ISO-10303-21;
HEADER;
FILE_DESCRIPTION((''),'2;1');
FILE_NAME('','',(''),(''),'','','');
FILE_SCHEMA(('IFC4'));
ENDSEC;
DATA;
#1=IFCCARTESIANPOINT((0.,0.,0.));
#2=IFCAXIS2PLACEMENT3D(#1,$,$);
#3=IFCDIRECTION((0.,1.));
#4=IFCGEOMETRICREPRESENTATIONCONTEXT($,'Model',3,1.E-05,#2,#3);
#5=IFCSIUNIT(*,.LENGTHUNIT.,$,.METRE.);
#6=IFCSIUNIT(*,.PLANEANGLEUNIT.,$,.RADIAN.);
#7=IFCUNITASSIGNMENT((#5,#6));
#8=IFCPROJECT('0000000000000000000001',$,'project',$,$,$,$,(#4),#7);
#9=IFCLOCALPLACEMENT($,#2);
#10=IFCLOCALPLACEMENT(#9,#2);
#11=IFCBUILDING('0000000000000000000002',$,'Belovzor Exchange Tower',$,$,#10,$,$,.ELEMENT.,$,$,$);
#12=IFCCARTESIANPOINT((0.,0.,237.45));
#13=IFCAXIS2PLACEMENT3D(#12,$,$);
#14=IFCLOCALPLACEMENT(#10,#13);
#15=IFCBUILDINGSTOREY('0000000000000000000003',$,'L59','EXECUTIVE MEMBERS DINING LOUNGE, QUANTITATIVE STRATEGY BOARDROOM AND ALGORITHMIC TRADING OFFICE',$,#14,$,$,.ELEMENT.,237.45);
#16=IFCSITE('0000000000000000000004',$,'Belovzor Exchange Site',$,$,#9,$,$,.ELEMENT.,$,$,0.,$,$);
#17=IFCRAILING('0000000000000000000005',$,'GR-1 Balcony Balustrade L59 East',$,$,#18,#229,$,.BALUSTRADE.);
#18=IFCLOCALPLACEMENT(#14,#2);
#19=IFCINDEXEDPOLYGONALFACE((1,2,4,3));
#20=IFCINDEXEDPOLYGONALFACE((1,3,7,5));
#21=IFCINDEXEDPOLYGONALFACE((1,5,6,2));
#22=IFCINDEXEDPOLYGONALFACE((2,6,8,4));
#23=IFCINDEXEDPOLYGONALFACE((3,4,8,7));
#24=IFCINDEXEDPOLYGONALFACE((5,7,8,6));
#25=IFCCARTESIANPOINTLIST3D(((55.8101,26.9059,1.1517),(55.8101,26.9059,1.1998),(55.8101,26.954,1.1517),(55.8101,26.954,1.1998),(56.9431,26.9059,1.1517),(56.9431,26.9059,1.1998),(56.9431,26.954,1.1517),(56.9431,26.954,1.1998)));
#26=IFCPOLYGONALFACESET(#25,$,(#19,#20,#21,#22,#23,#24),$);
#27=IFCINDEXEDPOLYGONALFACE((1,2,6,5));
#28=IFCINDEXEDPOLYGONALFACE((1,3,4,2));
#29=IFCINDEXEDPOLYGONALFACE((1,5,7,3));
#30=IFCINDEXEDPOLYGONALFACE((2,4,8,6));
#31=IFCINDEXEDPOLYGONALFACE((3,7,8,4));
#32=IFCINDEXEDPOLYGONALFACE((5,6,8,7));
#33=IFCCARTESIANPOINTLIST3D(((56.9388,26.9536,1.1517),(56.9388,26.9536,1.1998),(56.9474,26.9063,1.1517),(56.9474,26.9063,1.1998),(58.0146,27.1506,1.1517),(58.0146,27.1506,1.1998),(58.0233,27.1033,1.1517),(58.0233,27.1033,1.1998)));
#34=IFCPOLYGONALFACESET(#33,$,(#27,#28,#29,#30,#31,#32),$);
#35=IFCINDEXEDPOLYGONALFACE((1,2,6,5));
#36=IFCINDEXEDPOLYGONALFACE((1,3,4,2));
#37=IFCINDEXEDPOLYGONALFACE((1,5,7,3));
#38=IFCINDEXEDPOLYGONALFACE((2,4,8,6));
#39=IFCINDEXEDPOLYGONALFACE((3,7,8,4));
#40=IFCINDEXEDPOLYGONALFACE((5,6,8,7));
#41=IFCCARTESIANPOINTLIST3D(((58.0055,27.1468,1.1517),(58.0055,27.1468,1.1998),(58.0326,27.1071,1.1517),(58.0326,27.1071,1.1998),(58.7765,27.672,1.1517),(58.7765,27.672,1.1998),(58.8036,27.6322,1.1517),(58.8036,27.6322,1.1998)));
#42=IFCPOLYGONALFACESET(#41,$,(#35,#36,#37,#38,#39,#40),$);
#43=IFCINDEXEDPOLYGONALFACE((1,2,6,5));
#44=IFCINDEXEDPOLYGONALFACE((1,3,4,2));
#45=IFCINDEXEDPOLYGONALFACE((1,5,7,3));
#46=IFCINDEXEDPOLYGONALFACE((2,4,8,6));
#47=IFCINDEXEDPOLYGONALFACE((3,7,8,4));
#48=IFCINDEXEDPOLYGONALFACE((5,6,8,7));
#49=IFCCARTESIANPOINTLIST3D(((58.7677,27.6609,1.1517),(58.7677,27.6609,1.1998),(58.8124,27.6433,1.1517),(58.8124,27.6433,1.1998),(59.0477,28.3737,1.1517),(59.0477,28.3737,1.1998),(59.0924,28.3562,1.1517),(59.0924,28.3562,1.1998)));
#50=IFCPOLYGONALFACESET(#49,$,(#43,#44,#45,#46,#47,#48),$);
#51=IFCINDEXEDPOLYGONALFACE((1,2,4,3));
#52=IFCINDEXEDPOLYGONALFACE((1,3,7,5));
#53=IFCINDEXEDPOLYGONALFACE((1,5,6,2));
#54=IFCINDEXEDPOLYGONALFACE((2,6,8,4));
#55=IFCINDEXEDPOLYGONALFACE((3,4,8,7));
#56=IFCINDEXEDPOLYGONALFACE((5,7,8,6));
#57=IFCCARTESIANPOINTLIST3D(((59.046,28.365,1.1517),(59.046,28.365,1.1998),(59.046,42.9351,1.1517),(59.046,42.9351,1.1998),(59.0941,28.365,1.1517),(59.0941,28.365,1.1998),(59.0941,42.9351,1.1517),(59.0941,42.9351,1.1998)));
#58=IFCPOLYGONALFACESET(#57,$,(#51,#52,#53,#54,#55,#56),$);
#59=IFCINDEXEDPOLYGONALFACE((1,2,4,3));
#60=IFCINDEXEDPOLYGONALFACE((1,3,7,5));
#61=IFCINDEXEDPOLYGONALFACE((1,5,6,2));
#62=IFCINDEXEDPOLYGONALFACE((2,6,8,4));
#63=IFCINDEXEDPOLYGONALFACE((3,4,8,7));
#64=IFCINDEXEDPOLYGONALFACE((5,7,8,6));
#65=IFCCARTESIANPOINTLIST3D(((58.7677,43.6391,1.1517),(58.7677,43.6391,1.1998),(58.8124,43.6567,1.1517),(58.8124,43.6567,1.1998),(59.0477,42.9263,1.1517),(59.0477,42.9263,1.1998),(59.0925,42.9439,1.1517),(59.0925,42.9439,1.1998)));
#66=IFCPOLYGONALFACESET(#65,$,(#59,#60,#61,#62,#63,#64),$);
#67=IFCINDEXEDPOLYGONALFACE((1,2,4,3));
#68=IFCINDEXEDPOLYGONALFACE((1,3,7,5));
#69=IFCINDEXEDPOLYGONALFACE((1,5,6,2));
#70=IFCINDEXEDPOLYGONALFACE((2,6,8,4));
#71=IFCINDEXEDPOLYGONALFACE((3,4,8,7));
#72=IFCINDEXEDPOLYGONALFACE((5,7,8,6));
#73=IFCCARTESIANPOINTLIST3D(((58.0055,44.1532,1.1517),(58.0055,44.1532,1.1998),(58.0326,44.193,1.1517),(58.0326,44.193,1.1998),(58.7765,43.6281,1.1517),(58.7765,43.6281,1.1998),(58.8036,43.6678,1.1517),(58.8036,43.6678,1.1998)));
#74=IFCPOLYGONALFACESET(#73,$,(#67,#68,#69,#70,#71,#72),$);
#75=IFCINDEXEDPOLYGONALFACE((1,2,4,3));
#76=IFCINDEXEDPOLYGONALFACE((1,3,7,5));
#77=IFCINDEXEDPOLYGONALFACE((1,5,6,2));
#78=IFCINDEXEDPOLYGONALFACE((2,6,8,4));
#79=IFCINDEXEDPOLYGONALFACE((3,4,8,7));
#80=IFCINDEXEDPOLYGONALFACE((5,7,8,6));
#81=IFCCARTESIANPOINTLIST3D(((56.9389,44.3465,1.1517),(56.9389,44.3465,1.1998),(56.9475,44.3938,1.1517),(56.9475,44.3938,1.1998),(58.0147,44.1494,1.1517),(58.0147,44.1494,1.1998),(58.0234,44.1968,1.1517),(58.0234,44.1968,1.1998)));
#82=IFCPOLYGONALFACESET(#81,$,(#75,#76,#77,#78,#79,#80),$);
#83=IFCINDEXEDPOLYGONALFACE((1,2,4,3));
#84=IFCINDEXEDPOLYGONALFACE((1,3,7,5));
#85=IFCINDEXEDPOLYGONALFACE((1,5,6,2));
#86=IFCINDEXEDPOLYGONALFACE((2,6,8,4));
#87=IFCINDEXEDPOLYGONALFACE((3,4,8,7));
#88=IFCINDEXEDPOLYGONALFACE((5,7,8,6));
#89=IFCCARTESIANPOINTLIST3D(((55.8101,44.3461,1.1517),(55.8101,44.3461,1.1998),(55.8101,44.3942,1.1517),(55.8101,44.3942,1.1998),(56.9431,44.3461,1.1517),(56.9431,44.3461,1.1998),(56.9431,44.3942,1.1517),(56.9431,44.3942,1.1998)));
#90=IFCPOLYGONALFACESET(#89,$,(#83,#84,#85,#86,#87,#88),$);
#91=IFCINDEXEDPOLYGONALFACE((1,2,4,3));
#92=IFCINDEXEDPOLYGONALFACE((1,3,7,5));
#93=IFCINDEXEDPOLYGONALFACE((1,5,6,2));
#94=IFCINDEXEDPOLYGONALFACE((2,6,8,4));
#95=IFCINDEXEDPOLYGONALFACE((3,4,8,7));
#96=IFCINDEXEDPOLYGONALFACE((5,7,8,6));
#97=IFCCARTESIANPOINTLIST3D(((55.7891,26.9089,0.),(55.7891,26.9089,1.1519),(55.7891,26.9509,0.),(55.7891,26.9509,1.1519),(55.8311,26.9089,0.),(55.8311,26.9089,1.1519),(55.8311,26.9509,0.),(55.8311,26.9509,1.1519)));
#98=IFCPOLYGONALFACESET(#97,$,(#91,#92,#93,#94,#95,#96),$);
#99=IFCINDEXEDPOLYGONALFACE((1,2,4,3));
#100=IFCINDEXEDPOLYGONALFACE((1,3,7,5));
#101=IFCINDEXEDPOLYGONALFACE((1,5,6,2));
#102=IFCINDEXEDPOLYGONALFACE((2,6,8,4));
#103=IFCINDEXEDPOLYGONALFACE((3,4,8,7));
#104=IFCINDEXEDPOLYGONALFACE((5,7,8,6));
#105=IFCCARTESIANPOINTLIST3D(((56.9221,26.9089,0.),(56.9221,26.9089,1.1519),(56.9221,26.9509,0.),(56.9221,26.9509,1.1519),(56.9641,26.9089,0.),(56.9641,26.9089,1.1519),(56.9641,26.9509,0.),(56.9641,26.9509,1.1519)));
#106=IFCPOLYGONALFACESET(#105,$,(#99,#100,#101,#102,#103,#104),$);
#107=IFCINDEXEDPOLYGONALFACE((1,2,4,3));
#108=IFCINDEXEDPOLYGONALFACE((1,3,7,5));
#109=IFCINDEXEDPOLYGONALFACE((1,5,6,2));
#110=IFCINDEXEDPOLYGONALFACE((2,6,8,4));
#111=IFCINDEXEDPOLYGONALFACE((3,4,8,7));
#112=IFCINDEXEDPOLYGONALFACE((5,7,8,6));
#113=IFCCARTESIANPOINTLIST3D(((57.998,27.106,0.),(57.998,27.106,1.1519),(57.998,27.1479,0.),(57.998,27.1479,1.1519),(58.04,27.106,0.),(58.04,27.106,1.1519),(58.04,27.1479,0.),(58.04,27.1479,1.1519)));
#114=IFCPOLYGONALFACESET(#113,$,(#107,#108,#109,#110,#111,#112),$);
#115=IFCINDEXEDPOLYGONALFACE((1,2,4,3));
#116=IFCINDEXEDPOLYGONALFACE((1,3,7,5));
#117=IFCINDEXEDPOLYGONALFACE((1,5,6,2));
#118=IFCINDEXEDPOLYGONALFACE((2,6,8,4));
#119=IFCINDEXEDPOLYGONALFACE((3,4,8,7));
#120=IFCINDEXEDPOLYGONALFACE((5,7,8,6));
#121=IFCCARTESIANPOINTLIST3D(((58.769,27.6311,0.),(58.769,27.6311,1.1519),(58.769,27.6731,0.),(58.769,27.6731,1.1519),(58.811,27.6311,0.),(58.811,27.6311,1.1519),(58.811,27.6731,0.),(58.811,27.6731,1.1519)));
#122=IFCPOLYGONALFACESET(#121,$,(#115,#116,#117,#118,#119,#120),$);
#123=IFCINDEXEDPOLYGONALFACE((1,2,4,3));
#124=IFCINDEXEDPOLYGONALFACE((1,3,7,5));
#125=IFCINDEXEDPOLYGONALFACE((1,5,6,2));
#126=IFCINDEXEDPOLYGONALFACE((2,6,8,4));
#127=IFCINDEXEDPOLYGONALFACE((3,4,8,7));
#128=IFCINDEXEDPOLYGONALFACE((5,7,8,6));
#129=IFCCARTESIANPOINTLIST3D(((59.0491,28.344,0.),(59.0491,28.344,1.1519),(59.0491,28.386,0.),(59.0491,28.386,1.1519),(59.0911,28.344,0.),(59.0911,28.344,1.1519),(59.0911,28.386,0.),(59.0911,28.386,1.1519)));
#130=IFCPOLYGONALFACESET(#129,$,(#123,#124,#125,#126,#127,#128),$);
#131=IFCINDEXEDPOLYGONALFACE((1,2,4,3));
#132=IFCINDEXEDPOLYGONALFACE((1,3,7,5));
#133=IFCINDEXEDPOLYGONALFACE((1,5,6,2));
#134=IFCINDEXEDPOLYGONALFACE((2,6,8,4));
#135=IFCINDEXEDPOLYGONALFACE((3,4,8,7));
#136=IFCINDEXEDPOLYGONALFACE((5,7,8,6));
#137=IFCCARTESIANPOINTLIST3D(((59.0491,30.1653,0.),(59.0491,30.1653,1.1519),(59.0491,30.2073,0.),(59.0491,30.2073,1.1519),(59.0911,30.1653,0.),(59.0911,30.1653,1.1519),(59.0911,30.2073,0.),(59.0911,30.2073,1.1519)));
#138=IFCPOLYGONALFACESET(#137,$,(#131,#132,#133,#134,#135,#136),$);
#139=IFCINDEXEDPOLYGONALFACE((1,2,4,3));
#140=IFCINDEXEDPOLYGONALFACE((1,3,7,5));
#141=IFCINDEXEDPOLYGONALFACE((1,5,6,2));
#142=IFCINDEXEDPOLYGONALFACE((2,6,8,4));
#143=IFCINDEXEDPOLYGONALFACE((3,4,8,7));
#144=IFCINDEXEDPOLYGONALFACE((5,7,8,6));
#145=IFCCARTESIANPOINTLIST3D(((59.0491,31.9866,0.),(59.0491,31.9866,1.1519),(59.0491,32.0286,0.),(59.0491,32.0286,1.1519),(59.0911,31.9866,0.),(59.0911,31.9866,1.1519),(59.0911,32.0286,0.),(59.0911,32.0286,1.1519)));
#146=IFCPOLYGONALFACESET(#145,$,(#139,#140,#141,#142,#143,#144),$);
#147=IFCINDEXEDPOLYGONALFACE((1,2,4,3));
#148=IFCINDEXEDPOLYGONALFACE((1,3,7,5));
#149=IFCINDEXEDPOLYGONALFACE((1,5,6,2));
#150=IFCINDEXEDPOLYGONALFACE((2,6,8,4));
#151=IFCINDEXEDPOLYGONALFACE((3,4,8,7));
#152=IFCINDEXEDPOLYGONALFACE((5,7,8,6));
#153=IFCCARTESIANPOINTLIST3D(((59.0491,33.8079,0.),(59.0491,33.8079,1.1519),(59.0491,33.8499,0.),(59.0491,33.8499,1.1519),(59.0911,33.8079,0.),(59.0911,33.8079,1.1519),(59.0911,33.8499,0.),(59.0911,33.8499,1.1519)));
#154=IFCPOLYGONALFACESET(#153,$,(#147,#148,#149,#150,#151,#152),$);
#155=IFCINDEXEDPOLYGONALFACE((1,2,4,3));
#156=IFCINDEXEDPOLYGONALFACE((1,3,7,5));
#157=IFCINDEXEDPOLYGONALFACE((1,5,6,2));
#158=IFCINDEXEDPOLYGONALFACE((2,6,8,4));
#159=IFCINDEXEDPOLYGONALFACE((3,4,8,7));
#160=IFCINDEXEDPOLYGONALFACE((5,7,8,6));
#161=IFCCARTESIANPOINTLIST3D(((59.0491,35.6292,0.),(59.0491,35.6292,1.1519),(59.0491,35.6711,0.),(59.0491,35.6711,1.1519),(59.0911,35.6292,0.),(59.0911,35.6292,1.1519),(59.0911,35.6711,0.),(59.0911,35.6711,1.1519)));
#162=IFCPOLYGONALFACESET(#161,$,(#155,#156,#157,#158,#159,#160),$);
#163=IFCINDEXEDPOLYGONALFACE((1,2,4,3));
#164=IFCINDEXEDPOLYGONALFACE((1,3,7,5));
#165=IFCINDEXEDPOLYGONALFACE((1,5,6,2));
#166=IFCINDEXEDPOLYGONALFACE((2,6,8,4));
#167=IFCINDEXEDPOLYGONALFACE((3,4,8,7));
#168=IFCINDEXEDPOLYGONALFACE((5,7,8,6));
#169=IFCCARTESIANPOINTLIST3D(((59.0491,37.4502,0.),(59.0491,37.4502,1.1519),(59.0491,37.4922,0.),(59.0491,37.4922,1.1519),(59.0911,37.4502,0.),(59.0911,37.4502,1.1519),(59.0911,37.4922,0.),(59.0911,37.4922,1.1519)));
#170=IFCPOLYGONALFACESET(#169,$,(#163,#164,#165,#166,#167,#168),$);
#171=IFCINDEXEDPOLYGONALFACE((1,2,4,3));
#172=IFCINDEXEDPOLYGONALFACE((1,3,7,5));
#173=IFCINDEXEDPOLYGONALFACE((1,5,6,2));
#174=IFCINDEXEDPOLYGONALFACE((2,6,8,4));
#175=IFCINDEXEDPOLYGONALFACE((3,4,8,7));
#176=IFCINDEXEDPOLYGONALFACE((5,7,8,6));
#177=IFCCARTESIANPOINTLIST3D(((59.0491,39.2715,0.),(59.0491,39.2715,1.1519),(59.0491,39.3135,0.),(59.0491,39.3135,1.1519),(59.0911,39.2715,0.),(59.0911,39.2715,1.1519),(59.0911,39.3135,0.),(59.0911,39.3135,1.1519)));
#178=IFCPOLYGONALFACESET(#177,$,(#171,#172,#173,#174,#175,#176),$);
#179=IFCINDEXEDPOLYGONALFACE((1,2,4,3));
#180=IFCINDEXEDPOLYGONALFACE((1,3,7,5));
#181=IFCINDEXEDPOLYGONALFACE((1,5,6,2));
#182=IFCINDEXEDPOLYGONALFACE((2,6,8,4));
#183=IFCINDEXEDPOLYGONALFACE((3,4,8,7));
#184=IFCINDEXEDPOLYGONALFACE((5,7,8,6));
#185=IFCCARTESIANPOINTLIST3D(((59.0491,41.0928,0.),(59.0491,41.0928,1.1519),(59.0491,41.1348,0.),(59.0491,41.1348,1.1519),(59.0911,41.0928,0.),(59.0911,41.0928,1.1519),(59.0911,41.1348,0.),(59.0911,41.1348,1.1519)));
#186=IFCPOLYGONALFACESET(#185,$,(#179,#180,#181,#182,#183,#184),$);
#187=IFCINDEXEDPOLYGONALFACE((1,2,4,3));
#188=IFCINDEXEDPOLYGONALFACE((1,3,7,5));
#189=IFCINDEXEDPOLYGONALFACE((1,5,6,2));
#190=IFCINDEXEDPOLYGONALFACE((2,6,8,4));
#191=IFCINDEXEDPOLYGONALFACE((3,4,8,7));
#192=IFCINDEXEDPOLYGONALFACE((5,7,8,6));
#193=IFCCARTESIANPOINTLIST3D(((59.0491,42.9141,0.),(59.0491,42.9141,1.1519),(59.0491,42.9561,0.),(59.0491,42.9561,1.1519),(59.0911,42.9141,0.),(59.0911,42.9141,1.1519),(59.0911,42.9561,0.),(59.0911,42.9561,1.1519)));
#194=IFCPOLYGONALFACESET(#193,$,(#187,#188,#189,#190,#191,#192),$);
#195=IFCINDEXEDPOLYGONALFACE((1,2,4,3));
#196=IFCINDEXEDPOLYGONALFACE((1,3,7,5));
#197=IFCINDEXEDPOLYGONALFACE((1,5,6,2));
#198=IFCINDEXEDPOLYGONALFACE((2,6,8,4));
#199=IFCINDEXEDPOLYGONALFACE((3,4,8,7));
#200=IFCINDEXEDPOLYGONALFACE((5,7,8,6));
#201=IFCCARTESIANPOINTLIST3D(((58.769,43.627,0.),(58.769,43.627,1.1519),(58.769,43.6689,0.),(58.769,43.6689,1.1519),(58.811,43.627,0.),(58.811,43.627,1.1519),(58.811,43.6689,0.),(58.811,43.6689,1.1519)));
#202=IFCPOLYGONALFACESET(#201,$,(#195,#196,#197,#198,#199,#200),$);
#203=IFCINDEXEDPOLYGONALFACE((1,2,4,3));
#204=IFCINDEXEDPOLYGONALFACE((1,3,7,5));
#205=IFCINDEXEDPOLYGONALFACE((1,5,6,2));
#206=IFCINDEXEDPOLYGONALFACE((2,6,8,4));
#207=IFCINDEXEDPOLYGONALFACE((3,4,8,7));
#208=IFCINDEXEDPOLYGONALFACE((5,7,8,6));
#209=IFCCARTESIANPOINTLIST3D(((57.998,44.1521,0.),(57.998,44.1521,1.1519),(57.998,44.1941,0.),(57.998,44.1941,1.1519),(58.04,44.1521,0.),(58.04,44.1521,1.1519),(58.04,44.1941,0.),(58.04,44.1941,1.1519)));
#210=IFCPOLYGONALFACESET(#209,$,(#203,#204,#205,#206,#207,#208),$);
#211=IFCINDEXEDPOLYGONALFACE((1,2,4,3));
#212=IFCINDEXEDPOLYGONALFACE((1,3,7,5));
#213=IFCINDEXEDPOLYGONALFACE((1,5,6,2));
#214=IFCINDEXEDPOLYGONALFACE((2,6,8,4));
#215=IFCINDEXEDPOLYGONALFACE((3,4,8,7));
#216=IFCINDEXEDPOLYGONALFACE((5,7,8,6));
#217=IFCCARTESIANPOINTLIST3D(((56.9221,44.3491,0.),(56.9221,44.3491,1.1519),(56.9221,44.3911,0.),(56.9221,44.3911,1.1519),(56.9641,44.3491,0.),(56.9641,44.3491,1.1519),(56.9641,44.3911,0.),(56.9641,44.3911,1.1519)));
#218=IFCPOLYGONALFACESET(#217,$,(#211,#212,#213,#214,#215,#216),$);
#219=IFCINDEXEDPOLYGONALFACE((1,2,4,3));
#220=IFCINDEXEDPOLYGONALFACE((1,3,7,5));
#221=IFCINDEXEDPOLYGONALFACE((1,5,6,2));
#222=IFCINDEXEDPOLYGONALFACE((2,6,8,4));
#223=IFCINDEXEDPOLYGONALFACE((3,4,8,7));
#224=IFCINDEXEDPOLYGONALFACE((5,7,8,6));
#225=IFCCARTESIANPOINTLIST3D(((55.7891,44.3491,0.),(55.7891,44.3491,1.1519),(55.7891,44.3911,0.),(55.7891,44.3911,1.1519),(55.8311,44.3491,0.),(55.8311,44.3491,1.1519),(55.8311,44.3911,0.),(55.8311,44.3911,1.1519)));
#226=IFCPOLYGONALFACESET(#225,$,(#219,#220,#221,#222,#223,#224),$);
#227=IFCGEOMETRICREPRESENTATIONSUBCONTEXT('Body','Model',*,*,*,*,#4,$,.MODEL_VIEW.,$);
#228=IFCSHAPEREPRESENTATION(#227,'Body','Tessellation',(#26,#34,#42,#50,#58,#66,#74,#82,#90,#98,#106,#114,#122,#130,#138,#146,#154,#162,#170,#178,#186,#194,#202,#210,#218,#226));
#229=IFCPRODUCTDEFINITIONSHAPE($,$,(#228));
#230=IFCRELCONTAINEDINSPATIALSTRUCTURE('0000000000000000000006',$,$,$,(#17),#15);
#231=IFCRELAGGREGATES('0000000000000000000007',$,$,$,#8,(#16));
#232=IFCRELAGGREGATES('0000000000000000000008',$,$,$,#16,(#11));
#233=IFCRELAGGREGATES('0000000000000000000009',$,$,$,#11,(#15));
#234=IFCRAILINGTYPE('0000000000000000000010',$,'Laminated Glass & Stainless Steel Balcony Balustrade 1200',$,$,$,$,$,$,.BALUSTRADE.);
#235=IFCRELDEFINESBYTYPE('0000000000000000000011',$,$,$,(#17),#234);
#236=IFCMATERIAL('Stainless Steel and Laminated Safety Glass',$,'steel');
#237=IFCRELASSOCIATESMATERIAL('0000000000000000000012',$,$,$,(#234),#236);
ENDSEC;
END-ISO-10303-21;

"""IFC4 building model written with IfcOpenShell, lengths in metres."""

from ifc_helpers import new_model, si_unit, direction, frame, origin, origin_2d, place, context, subcontext, project, spatial, rectangle, extrude, material, type_object, element, save


model = new_model("IFC4")

# Units and contexts
model_context = context("Model", 3, precision=1e-05, world=origin(), true_north=direction((0.0, 1.0)))
body_context = subcontext(model_context, "Body", "Model", "MODEL_VIEW")
ifc_project = project(units=[si_unit("LENGTHUNIT", "METRE"), si_unit("PLANEANGLEUNIT", "RADIAN")], contexts=[model_context])

# Site, building, storey
site_placement = place(None, origin())
site = spatial("IfcSite", under=ifc_project, at=site_placement, Name="Belovzor Exchange Site", CompositionType="ELEMENT", RefElevation=0.0)
building_placement = place(site_placement, origin())
building = spatial("IfcBuilding", under=site, at=building_placement, Name="Belovzor Exchange Tower", CompositionType="ELEMENT")
storey_placement = place(building_placement, frame((0.0, 0.0, 237.45)))
storey = spatial("IfcBuildingStorey", under=building, at=storey_placement, Name="L59", Description="EXECUTIVE MEMBERS DINING LOUNGE, QUANTITATIVE STRATEGY BOARDROOM AND ALGORITHMIC TRADING OFFICE", CompositionType="ELEMENT", Elevation=237.45)

# Railing
ifc_material_1 = material(Name="Stainless Steel and Laminated Safety Glass", Category="steel")
railing_type = type_object("IfcRailingType", Name="Laminated Glass & Stainless Steel Balcony Balustrade 1200", PredefinedType="BALUSTRADE", material=ifc_material_1)
railing_placement = place(storey_placement, frame((55.8101, 26.9299, 0.0)))
element("IfcRailing", 1, at=railing_placement, inside=storey, type_object=railing_type, Name="GR-1 Balcony Balustrade L59 East", PredefinedType="BALUSTRADE", context=body_context, shape_type="SweptSolid", body=[
    extrude(rectangle(XDim=0.0481, YDim=0.0481, at=origin_2d()), frame((0.0, 0.0, 1.1758), z_axis=(1.0, 0.0, 0.0), x_axis=(0.0, 1.0, 0.0)), (0.0, 0.0, 1.0), 1.1331),
    extrude(rectangle(XDim=0.0481, YDim=0.0481, at=origin_2d()), frame((1.1331, 0.0, 1.1758), z_axis=(0.983644, 0.180123, 0.0), x_axis=(-0.180123, 0.983644, 0.0)), (0.0, 0.0, 1.0), 1.0938),
    extrude(rectangle(XDim=0.0481, YDim=0.0481, at=origin_2d()), frame((2.209, 0.197, 1.1758), z_axis=(0.826493, 0.562947, 0.0), x_axis=(-0.562947, 0.826493, 0.0)), (0.0, 0.0, 1.0), 0.9329),
    extrude(rectangle(XDim=0.0481, YDim=0.0481, at=origin_2d()), frame((2.98, 0.7222, 1.1758), z_axis=(0.365613, 0.930767, 0.0), x_axis=(-0.930767, 0.365613, 0.0)), (0.0, 0.0, 1.0), 0.7659),
    extrude(rectangle(XDim=0.0481, YDim=0.0481, at=origin_2d()), frame((3.26, 1.4351, 1.1758), z_axis=(0.0, 1.0, 0.0), x_axis=(-1.0, 0.0, 0.0)), (0.0, 0.0, 1.0), 14.5701),
    extrude(rectangle(XDim=0.0481, YDim=0.0481, at=origin_2d()), frame((3.26, 16.0051, 1.1758), z_axis=(-0.365613, 0.930767, 0.0), x_axis=(-0.930767, -0.365613, 0.0)), (0.0, 0.0, 1.0), 0.7659),
    extrude(rectangle(XDim=0.0481, YDim=0.0481, at=origin_2d()), frame((2.98, 16.718, 1.1758), z_axis=(-0.826493, 0.562947, 0.0), x_axis=(-0.562947, -0.826493, 0.0)), (0.0, 0.0, 1.0), 0.9329),
    extrude(rectangle(XDim=0.0481, YDim=0.0481, at=origin_2d()), frame((2.209, 17.2432, 1.1758), z_axis=(-0.983644, 0.180123, 0.0), x_axis=(-0.180123, -0.983644, 0.0)), (0.0, 0.0, 1.0), 1.0938),
    extrude(rectangle(XDim=0.0481, YDim=0.0481, at=origin_2d()), frame((1.1331, 17.4402, 1.1758), z_axis=(-1.0, 0.0, 0.0), x_axis=(0.0, -1.0, 0.0)), (0.0, 0.0, 1.0), 1.1331),
    extrude(rectangle(XDim=0.042, YDim=0.042, at=origin_2d()), origin(), (0.0, 0.0, 1.0), 1.1519),
    extrude(rectangle(XDim=0.042, YDim=0.042, at=origin_2d()), frame((1.1331, 0.0, 0.0)), (0.0, 0.0, 1.0), 1.1519),
    extrude(rectangle(XDim=0.042, YDim=0.042, at=origin_2d()), frame((2.209, 0.197, 0.0)), (0.0, 0.0, 1.0), 1.1519),
    extrude(rectangle(XDim=0.042, YDim=0.042, at=origin_2d()), frame((2.98, 0.7222, 0.0)), (0.0, 0.0, 1.0), 1.1519),
    extrude(rectangle(XDim=0.042, YDim=0.042, at=origin_2d()), frame((3.26, 1.4351, 0.0)), (0.0, 0.0, 1.0), 1.1519),
    extrude(rectangle(XDim=0.042, YDim=0.042, at=origin_2d()), frame((3.26, 3.2563, 0.0)), (0.0, 0.0, 1.0), 1.1519),
    extrude(rectangle(XDim=0.042, YDim=0.042, at=origin_2d()), frame((3.26, 5.0776, 0.0)), (0.0, 0.0, 1.0), 1.1519),
    extrude(rectangle(XDim=0.042, YDim=0.042, at=origin_2d()), frame((3.26, 6.8989, 0.0)), (0.0, 0.0, 1.0), 1.1519),
    extrude(rectangle(XDim=0.042, YDim=0.042, at=origin_2d()), frame((3.26, 8.7202, 0.0)), (0.0, 0.0, 1.0), 1.1519),
    extrude(rectangle(XDim=0.042, YDim=0.042, at=origin_2d()), frame((3.26, 10.5413, 0.0)), (0.0, 0.0, 1.0), 1.1519),
    extrude(rectangle(XDim=0.042, YDim=0.042, at=origin_2d()), frame((3.26, 12.3625, 0.0)), (0.0, 0.0, 1.0), 1.1519),
    extrude(rectangle(XDim=0.042, YDim=0.042, at=origin_2d()), frame((3.26, 14.1838, 0.0)), (0.0, 0.0, 1.0), 1.1519),
    extrude(rectangle(XDim=0.042, YDim=0.042, at=origin_2d()), frame((3.26, 16.0051, 0.0)), (0.0, 0.0, 1.0), 1.1519),
    extrude(rectangle(XDim=0.042, YDim=0.042, at=origin_2d()), frame((2.98, 16.718, 0.0)), (0.0, 0.0, 1.0), 1.1519),
    extrude(rectangle(XDim=0.042, YDim=0.042, at=origin_2d()), frame((2.209, 17.2432, 0.0)), (0.0, 0.0, 1.0), 1.1519),
    extrude(rectangle(XDim=0.042, YDim=0.042, at=origin_2d()), frame((1.1331, 17.4402, 0.0)), (0.0, 0.0, 1.0), 1.1519),
    extrude(rectangle(XDim=0.042, YDim=0.042, at=origin_2d()), frame((0.0, 17.4402, 0.0)), (0.0, 0.0, 1.0), 1.1519),
])

save(model, "model.ifc")
